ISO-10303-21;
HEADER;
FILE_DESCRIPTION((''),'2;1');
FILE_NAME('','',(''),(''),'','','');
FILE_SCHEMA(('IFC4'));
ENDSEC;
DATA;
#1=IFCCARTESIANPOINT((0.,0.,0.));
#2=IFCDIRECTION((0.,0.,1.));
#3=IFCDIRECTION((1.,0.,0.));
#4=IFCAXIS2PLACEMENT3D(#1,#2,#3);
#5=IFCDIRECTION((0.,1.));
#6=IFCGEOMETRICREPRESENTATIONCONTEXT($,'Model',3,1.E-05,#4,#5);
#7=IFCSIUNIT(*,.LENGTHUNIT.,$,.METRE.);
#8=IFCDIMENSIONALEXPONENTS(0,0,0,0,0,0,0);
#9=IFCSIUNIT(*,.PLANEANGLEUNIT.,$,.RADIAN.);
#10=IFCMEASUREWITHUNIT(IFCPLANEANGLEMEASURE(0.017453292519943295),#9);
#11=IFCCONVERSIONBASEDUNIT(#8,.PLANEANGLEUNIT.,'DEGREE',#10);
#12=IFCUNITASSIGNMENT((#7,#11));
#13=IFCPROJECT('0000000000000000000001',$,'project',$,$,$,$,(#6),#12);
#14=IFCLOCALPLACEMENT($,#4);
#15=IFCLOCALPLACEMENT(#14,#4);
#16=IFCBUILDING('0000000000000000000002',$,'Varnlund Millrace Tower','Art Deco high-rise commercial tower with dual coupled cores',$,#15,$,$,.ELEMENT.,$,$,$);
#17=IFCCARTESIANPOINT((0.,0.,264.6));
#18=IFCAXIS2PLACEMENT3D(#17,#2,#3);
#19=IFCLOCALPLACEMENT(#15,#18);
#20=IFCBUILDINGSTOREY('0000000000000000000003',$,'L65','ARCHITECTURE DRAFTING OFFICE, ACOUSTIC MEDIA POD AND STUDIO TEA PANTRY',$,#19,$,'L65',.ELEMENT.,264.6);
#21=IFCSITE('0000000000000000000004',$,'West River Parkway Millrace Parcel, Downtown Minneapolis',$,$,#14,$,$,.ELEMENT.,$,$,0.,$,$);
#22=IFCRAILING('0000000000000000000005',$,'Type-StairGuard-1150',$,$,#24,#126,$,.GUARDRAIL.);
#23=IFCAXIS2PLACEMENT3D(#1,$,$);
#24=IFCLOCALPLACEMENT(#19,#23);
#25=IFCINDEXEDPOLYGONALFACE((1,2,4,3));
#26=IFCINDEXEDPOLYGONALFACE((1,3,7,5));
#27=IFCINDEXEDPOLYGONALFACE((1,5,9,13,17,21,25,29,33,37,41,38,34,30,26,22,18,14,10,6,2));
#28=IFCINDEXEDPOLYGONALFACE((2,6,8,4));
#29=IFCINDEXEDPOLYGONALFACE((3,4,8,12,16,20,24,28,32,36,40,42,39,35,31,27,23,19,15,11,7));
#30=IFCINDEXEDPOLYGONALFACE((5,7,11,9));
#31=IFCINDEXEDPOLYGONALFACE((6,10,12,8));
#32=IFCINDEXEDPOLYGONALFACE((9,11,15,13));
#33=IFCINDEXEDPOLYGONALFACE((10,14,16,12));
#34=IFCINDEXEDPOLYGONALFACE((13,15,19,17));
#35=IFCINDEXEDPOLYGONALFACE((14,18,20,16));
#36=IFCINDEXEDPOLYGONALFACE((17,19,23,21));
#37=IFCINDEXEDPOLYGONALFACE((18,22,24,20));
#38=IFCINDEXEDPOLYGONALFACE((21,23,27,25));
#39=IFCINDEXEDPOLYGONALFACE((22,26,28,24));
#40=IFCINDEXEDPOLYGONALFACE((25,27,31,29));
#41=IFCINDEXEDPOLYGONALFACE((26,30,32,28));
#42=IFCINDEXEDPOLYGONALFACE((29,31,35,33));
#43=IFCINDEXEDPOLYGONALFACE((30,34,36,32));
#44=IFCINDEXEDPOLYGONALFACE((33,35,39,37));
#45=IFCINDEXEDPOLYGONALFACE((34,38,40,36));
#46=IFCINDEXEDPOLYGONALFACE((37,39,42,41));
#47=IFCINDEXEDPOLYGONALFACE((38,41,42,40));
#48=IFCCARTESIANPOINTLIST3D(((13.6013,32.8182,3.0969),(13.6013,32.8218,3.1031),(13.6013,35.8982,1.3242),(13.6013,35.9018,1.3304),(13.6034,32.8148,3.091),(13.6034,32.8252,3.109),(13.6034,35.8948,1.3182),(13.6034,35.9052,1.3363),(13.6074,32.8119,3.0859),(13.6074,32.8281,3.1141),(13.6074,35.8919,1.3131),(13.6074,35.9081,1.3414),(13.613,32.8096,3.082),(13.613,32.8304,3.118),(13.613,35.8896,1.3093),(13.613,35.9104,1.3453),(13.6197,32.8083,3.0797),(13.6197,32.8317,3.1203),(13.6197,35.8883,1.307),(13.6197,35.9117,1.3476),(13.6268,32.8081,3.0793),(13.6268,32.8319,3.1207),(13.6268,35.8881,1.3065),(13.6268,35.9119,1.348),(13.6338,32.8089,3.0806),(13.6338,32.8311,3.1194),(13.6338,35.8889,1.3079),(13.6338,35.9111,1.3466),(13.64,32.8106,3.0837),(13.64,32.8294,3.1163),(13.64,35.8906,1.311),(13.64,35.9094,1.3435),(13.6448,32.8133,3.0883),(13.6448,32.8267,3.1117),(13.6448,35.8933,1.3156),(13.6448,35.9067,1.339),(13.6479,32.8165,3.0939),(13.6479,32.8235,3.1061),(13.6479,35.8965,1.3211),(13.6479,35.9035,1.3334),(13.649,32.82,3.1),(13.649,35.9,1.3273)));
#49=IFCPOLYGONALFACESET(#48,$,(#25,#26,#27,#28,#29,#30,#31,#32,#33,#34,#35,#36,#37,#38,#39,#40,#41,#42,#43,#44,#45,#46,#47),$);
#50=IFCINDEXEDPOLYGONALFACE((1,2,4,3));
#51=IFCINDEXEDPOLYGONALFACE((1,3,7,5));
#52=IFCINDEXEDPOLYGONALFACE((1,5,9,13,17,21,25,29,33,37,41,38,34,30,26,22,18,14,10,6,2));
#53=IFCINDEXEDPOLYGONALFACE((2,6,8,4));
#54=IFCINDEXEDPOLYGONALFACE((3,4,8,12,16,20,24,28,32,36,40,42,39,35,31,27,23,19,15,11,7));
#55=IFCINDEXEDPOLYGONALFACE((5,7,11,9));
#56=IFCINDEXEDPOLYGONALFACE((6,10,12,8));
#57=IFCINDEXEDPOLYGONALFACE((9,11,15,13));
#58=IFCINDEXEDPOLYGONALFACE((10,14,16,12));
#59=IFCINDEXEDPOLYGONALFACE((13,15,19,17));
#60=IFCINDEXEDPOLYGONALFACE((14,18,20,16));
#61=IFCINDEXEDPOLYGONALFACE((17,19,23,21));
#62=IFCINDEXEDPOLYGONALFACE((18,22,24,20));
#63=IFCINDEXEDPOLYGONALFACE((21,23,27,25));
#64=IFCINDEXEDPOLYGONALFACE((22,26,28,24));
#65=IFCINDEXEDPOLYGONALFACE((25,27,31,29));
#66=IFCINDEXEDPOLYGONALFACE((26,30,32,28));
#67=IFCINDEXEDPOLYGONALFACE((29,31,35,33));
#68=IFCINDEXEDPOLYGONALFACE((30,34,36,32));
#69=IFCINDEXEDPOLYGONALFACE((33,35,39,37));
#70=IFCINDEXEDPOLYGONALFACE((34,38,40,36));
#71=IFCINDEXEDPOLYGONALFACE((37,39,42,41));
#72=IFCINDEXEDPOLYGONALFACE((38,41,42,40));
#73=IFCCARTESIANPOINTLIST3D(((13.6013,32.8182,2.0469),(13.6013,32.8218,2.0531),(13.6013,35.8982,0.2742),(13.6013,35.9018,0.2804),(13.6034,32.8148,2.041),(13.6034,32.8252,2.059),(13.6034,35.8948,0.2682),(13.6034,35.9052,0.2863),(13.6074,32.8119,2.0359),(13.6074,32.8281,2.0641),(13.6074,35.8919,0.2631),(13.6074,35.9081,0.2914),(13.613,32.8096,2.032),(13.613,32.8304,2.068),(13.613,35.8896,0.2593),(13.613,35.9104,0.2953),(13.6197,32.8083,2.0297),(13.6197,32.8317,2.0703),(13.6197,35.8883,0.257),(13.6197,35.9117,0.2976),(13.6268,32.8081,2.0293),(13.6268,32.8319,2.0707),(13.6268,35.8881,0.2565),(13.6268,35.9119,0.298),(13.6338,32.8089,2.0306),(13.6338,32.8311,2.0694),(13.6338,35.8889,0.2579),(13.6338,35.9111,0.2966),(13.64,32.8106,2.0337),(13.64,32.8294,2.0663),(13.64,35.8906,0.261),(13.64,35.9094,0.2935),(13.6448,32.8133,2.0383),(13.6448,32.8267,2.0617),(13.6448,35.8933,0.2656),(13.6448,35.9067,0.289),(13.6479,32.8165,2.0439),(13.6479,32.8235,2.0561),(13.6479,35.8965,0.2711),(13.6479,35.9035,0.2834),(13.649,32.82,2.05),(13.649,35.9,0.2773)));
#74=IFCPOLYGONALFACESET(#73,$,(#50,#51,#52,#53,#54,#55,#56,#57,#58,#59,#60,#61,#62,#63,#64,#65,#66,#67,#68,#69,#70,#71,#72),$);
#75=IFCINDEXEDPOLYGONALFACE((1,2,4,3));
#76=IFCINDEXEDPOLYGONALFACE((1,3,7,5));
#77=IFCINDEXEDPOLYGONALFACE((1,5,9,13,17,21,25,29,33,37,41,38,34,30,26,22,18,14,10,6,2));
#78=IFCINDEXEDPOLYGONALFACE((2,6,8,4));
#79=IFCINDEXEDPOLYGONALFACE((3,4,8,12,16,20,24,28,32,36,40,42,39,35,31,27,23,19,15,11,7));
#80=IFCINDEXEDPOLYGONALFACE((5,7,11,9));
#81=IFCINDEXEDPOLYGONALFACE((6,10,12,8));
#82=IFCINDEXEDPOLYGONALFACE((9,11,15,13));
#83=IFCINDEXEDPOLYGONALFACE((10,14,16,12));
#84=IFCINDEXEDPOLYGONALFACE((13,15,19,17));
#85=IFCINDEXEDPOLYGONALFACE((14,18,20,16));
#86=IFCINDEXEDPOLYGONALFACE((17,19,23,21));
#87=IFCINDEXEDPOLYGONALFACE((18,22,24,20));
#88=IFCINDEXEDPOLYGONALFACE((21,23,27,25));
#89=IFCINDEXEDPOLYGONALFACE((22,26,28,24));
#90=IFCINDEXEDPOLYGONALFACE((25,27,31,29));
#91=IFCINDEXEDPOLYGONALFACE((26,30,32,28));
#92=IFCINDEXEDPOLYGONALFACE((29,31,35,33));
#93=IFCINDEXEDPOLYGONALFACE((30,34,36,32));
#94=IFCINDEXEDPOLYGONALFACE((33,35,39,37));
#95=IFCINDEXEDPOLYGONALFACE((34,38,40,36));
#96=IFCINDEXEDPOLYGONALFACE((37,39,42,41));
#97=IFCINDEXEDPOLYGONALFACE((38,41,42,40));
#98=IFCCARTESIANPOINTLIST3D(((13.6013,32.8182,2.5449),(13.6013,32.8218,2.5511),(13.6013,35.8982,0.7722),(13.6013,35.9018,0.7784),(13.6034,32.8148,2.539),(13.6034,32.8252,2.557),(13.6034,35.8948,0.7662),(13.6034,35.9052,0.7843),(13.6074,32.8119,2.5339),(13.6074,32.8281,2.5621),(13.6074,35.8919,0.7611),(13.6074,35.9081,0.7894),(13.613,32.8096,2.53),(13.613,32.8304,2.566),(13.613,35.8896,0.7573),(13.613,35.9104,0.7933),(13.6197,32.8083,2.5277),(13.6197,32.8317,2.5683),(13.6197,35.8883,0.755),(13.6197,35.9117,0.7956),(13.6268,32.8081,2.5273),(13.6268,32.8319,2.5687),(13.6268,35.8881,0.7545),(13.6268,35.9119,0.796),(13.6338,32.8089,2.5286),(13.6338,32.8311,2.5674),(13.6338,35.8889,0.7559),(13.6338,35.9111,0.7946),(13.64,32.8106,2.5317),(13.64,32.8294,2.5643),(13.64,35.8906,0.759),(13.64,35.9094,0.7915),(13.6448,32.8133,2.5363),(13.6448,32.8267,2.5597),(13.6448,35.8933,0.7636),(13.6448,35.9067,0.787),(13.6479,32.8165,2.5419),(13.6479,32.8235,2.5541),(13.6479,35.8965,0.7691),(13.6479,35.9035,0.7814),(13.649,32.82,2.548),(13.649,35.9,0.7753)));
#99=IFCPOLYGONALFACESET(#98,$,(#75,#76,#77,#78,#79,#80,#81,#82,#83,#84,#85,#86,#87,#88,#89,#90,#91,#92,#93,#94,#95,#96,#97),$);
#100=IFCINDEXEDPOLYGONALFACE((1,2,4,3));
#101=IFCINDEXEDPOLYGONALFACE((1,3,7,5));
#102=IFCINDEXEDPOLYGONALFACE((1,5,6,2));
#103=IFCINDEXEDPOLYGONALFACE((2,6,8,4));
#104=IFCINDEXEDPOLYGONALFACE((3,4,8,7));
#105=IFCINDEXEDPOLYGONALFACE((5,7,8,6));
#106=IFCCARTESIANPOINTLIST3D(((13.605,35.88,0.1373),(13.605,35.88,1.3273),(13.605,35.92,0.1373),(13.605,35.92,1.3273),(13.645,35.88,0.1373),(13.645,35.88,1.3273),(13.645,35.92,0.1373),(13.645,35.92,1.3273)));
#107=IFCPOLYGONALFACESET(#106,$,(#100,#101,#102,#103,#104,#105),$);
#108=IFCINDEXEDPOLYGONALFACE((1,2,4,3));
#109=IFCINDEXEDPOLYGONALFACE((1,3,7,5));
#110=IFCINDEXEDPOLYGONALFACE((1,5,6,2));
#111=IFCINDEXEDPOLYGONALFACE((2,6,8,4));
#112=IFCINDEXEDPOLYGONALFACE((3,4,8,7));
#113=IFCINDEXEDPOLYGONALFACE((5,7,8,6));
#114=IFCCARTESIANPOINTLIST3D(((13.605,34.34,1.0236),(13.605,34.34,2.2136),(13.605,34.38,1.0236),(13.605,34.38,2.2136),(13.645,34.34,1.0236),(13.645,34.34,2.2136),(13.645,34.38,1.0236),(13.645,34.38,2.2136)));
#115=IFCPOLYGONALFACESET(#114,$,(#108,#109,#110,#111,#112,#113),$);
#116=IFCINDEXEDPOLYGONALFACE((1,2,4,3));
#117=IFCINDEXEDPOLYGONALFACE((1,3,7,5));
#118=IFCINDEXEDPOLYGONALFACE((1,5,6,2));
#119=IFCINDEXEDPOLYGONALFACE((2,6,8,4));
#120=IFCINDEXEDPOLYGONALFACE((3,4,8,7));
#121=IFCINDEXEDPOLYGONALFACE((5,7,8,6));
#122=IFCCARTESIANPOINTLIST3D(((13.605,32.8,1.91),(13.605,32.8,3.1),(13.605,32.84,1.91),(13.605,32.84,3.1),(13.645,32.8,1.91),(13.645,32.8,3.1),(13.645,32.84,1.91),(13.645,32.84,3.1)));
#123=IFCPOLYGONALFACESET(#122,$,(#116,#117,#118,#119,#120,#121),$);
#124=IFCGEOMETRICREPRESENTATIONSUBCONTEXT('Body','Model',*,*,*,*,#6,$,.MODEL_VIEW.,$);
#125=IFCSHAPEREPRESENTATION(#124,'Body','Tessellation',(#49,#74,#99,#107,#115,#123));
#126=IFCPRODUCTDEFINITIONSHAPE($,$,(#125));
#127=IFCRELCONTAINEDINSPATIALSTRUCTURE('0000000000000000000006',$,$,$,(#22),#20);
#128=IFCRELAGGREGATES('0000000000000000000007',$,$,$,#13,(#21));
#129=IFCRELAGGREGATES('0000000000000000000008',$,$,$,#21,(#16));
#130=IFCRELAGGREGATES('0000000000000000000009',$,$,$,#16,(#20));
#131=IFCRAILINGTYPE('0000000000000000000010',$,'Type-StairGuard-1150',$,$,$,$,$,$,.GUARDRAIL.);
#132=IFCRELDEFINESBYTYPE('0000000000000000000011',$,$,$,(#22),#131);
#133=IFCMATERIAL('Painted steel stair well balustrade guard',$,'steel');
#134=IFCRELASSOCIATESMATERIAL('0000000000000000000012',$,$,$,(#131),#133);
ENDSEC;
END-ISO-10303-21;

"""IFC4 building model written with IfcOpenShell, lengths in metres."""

from ifc_helpers import new_model, entity, si_unit, converted_unit, direction, frame, origin_with_axes, origin_2d_with_axis, place, context, subcontext, project, spatial, rectangle, circle, extrude, material, type_object, element, save


model = new_model("IFC4")

# Units and contexts
model_context = context("Model", 3, precision=1e-05, world=origin_with_axes(), true_north=direction((0.0, 1.0)))
body_context = subcontext(model_context, "Body", "Model", "MODEL_VIEW")
ifc_project = project(units=[si_unit("LENGTHUNIT", "METRE"), converted_unit("PLANEANGLEUNIT", "DEGREE", entity("IfcPlaneAngleMeasure", 0.017453292519943295), si_unit("PLANEANGLEUNIT", "RADIAN"), dimensions=[0, 0, 0, 0, 0, 0, 0])], contexts=[model_context])

# Site, building, storey
site_placement = place(None, origin_with_axes())
site = spatial("IfcSite", under=ifc_project, at=site_placement, Name="West River Parkway Millrace Parcel, Downtown Minneapolis", CompositionType="ELEMENT", RefElevation=0.0)
building_placement = place(site_placement, origin_with_axes())
building = spatial("IfcBuilding", under=site, at=building_placement, Name="Varnlund Millrace Tower", Description="Art Deco high-rise commercial tower with dual coupled cores", CompositionType="ELEMENT")
storey_placement = place(building_placement, frame((0.0, 0.0, 264.6), z_axis=(0.0, 0.0, 1.0), x_axis=(1.0, 0.0, 0.0)))
storey = spatial("IfcBuildingStorey", under=building, at=storey_placement, Name="L65", Description="ARCHITECTURE DRAFTING OFFICE, ACOUSTIC MEDIA POD AND STUDIO TEA PANTRY", LongName="L65", CompositionType="ELEMENT", Elevation=264.6)

# Railing
ifc_material_1 = material(Name="Painted steel stair well balustrade guard", Category="steel")
railing_type_1 = type_object("IfcRailingType", Name="Type-StairGuard-1150", PredefinedType="GUARDRAIL", material=ifc_material_1)
railing_1_placement = place(storey_placement, frame((0.0, 0.0, -264.6), z_axis=(0.0, 0.0, 1.0), x_axis=(1.0, 0.0, 0.0)))
element("IfcRailing", 1, at=railing_1_placement, inside=storey, type_object=railing_type_1, Name="Type-StairGuard-1150", PredefinedType="GUARDRAIL", context=body_context, shape_type="SweptSolid", body=[
    extrude(circle(Radius=0.024, at=origin_2d_with_axis()), frame((13.625, 35.9, 265.9273), z_axis=(0.0, -0.866696, 0.498836), x_axis=(1.0, 0.0, 0.0)), (0.0, 0.0, 1.0), 3.5537),
    extrude(circle(Radius=0.024, at=origin_2d_with_axis()), frame((13.625, 35.9, 264.8773), z_axis=(0.0, -0.866696, 0.498836), x_axis=(1.0, 0.0, 0.0)), (0.0, 0.0, 1.0), 3.5537),
    extrude(circle(Radius=0.024, at=origin_2d_with_axis()), frame((13.625, 35.9, 265.3753), z_axis=(0.0, -0.866696, 0.498836), x_axis=(1.0, 0.0, 0.0)), (0.0, 0.0, 1.0), 3.5537),
    extrude(rectangle(XDim=0.04, YDim=0.04, at=origin_2d_with_axis()), frame((13.625, 35.9, 264.7373), z_axis=(0.0, 0.0, 1.0), x_axis=(1.0, 0.0, 0.0)), (0.0, 0.0, 1.0), 1.19),
    extrude(rectangle(XDim=0.04, YDim=0.04, at=origin_2d_with_axis()), frame((13.625, 34.36, 265.6236), z_axis=(0.0, 0.0, 1.0), x_axis=(1.0, 0.0, 0.0)), (0.0, 0.0, 1.0), 1.19),
    extrude(rectangle(XDim=0.04, YDim=0.04, at=origin_2d_with_axis()), frame((13.625, 32.82, 266.51), z_axis=(0.0, 0.0, 1.0), x_axis=(1.0, 0.0, 0.0)), (0.0, 0.0, 1.0), 1.19),
])

save(model, "model.ifc")
